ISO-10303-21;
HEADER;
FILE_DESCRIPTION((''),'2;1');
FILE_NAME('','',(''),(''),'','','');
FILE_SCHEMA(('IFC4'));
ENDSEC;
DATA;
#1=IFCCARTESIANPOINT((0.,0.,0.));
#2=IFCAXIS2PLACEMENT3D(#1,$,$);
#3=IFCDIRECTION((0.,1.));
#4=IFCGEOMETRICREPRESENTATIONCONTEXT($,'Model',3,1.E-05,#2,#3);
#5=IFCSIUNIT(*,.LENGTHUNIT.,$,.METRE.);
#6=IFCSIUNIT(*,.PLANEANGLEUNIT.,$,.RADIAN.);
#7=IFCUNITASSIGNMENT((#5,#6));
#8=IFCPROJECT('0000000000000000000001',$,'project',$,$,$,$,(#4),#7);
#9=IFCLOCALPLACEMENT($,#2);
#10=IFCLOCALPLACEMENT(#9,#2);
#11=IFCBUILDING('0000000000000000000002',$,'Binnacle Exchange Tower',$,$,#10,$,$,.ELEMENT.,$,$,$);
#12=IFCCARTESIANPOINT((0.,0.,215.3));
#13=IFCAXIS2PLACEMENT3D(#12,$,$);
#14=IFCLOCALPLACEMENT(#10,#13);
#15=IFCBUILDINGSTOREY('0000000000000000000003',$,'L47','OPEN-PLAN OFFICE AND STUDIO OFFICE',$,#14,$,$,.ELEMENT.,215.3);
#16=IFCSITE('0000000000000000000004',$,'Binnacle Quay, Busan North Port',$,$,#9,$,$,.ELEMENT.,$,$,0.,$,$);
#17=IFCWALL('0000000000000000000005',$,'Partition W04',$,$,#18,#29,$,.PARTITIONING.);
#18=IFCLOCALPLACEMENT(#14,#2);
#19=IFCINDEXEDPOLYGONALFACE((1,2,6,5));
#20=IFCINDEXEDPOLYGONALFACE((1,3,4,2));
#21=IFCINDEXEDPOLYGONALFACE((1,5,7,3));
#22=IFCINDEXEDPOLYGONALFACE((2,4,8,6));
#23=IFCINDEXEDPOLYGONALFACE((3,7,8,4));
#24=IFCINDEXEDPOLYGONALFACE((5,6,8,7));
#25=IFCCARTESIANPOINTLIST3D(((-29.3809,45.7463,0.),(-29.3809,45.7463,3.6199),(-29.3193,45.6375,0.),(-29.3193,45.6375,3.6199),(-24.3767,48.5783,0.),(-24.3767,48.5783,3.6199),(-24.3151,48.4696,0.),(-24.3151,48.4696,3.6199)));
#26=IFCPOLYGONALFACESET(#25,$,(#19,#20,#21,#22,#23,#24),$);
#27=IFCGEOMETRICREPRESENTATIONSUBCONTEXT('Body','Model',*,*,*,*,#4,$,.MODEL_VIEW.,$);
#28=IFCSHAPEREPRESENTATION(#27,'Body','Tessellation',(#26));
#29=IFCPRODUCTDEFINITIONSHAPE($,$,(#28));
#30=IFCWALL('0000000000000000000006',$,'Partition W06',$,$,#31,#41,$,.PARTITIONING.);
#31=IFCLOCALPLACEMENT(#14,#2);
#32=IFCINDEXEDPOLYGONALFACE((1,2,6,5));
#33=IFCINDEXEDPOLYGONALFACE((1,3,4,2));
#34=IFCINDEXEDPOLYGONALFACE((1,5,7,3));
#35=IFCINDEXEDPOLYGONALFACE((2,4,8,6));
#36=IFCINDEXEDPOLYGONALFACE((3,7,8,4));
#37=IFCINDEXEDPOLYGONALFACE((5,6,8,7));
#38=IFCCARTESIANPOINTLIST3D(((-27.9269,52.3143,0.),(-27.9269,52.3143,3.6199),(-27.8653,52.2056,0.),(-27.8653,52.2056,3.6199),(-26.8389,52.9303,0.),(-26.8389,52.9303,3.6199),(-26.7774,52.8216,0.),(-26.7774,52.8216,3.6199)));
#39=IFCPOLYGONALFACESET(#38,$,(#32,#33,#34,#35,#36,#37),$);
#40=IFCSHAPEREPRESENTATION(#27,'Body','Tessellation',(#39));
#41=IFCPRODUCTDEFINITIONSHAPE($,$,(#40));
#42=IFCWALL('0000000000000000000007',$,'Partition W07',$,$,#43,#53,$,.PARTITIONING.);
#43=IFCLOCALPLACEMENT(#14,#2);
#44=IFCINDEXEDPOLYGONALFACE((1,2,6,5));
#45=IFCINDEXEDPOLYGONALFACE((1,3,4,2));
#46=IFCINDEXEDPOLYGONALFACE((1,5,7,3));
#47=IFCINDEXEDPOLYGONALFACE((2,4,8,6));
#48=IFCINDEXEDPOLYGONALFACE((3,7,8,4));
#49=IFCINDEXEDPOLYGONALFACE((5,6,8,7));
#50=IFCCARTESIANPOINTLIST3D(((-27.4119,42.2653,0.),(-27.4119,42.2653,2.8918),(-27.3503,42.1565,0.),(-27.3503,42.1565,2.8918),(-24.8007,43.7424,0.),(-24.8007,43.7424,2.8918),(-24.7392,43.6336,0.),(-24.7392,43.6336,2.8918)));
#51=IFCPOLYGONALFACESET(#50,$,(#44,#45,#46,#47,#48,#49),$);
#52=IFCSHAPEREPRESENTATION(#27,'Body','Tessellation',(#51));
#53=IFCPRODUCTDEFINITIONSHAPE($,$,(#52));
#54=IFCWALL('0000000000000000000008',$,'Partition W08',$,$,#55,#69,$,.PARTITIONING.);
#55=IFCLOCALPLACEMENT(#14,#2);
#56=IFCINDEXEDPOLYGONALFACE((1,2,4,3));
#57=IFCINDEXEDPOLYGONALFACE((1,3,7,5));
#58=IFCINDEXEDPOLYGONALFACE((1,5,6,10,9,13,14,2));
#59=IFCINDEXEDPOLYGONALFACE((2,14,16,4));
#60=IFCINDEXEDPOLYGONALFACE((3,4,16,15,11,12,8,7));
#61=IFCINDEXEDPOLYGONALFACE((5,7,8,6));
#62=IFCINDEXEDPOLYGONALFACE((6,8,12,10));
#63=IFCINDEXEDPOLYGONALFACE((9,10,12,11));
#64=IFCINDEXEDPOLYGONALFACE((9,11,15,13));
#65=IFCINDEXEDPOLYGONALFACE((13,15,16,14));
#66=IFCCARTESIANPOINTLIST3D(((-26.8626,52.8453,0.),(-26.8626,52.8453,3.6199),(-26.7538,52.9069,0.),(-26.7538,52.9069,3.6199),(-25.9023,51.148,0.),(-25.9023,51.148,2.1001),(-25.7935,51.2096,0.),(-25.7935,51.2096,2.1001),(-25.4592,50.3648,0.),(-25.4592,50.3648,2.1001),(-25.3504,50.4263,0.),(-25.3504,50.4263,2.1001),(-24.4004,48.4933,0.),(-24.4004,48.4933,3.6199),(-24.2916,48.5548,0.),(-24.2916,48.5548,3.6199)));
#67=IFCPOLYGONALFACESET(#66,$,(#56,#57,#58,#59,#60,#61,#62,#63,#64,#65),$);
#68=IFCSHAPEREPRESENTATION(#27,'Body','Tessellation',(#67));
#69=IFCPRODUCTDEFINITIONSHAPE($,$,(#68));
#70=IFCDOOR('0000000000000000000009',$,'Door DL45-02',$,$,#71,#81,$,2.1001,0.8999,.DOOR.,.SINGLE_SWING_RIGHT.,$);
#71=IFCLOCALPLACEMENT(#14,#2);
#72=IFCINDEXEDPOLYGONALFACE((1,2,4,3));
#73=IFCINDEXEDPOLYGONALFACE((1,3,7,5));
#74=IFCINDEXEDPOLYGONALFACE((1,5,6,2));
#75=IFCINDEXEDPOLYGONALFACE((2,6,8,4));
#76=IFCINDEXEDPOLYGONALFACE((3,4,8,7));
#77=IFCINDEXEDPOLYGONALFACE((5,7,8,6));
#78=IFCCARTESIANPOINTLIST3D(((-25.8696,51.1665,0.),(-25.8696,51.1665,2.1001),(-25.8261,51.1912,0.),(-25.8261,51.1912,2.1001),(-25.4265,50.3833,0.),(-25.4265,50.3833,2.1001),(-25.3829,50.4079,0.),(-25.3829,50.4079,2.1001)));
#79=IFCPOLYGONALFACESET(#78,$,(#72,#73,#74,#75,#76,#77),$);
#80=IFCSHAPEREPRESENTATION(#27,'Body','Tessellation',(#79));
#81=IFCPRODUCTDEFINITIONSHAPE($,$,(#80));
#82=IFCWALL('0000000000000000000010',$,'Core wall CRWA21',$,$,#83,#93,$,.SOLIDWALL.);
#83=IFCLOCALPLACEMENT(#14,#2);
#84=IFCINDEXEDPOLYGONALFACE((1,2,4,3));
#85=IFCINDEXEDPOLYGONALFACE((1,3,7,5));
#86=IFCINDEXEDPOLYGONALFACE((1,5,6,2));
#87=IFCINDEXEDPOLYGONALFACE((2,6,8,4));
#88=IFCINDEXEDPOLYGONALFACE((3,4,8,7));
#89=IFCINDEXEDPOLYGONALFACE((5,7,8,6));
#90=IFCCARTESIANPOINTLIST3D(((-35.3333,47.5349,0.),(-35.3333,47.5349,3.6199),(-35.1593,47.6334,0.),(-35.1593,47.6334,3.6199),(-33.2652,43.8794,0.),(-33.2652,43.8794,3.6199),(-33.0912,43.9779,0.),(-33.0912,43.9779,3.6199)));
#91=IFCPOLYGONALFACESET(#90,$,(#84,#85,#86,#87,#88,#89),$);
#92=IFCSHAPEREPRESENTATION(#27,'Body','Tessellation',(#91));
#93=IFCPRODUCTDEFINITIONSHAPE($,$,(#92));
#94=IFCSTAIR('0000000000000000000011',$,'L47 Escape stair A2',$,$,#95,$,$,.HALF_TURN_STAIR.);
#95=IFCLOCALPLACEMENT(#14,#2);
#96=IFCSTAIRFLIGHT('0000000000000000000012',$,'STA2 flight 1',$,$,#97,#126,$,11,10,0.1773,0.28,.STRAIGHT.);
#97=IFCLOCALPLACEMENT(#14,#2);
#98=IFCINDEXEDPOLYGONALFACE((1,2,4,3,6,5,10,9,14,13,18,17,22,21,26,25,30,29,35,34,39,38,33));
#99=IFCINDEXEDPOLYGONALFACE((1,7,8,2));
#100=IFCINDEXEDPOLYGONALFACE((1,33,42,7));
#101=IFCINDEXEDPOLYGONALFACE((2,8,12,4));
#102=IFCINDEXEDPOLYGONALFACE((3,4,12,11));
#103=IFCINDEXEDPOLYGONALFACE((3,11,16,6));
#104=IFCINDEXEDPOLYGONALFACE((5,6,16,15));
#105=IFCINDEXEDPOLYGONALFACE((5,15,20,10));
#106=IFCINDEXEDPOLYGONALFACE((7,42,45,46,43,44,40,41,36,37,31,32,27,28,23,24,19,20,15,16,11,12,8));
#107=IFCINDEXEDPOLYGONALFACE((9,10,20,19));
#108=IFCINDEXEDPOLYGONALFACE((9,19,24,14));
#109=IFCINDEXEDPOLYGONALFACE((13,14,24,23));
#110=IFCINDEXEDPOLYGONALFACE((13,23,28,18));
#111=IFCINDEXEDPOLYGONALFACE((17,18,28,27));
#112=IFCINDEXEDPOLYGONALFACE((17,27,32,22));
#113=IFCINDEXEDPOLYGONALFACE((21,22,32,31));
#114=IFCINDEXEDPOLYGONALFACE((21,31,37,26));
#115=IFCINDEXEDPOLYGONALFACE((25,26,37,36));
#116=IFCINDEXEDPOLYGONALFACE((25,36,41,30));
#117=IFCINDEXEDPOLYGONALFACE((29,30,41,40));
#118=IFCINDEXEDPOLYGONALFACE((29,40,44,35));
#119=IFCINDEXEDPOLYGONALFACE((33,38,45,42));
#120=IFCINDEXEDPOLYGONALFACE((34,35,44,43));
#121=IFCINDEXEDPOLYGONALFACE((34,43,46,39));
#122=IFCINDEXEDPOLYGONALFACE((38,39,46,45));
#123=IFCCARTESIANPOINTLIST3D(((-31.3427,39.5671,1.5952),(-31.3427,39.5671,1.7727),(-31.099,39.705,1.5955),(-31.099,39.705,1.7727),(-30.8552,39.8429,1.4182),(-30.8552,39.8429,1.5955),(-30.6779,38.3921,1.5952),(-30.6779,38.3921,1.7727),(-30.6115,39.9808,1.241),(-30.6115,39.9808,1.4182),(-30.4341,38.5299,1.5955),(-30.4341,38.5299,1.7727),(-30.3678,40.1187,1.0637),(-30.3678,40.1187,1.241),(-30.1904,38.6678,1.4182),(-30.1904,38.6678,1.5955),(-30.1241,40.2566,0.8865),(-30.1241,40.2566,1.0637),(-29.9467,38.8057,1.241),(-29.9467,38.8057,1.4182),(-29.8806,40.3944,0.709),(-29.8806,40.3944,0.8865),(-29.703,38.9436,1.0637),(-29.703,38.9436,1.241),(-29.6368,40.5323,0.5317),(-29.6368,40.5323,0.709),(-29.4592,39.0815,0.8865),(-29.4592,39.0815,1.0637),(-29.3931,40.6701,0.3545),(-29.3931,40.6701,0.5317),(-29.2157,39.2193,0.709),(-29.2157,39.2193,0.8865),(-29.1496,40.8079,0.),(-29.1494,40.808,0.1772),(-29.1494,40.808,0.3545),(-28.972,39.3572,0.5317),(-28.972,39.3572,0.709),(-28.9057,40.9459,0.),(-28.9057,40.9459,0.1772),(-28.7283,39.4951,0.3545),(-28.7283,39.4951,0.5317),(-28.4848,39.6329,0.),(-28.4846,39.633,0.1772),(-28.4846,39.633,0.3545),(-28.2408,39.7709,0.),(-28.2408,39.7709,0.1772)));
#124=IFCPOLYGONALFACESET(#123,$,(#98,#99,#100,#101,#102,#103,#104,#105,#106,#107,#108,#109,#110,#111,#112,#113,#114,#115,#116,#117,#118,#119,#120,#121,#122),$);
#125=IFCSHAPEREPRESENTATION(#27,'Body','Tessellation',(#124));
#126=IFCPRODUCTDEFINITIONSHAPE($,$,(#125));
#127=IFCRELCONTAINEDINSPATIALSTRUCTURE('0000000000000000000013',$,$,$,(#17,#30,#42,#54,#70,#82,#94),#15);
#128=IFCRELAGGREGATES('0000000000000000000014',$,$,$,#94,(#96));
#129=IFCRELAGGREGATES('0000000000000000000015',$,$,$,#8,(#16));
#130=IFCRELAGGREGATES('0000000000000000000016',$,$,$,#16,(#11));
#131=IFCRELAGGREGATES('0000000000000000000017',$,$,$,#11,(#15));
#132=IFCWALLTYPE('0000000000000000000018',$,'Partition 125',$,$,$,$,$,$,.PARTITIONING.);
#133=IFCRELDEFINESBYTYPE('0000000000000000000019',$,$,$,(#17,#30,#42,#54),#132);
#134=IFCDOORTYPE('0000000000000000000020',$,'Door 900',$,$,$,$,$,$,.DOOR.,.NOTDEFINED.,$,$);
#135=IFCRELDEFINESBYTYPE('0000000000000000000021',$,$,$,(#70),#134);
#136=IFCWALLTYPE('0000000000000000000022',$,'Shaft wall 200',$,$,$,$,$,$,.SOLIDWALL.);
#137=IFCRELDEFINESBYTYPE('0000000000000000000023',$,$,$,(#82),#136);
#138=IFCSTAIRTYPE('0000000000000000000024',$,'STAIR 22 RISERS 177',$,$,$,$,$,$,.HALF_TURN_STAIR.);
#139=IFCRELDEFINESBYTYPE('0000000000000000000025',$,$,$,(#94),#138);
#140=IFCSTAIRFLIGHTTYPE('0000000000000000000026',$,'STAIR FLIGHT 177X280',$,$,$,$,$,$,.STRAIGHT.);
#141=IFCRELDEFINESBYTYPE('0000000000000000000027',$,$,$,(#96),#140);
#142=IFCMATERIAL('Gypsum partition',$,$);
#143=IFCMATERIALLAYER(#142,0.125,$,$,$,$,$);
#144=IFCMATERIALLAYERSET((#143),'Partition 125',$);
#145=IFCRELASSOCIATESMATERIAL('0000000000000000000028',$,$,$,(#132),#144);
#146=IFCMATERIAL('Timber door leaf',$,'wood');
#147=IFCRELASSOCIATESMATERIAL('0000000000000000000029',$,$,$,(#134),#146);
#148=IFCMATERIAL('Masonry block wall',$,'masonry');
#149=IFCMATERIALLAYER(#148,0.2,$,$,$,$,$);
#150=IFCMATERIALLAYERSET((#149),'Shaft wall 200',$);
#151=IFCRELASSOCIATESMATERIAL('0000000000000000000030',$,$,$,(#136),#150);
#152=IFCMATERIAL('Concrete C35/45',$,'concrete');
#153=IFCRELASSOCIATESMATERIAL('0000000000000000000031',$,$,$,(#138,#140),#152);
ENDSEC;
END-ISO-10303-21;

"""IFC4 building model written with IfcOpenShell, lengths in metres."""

from ifc_helpers import new_model, si_unit, direction, frame, frame_2d, origin, place, context, subcontext, project, spatial, polyline, rectangle, outline, extrude, material, layer, layer_set, type_object, element, fill, aggregate, save


model = new_model("IFC4")

# Units and contexts
model_context = context("Model", 3, precision=1e-05, world=origin(), true_north=direction((0.0, 1.0)))
body_context = subcontext(model_context, "Body", "Model", "MODEL_VIEW")
ifc_project = project(units=[si_unit("LENGTHUNIT", "METRE"), si_unit("PLANEANGLEUNIT", "RADIAN")], contexts=[model_context])

# Site, building, storey
site_placement = place(None, origin())
site = spatial("IfcSite", under=ifc_project, at=site_placement, Name="Binnacle Quay, Busan North Port", CompositionType="ELEMENT", RefElevation=0.0)
building_placement = place(site_placement, origin())
building = spatial("IfcBuilding", under=site, at=building_placement, Name="Binnacle Exchange Tower", CompositionType="ELEMENT")
storey_placement = place(building_placement, frame((0.0, 0.0, 215.3)))
storey = spatial("IfcBuildingStorey", under=building, at=storey_placement, Name="L47", Description="OPEN-PLAN OFFICE AND STUDIO OFFICE", CompositionType="ELEMENT", Elevation=215.3)

# Shared definitions
ifc_material_1 = material(Name="Masonry block wall", Category="masonry")

# Walls
ifc_material_2 = material(Name="Gypsum partition")
ifc_layer_1 = layer(ifc_material_2, 0.125)
ifc_layer_set_1 = layer_set([ifc_layer_1], Name="Partition 125")
wall_type_1 = type_object("IfcWallType", Name="Partition 125", PredefinedType="PARTITIONING", material=ifc_layer_set_1)
wall_1_placement = place(storey_placement, frame((-29.3501, 45.6919, 0.0), z_axis=(0.0, 0.0, 1.0), x_axis=(0.870295, 0.492531, 0.0)))
element("IfcWall", 1, at=wall_1_placement, inside=storey, type_object=wall_type_1, Name="Partition W04", PredefinedType="PARTITIONING", context=body_context, shape_type="SweptSolid", body=[
    extrude(rectangle(XDim=5.75, YDim=0.125, at=frame_2d((2.875, 0.0))), origin(), (0.0, 0.0, 1.0), 3.6199),
])
wall_2_placement = place(storey_placement, frame((-27.896, 52.26, 0.0), z_axis=(0.0, 0.0, 1.0), x_axis=(0.870195, 0.492707, 0.0)))
element("IfcWall", 2, at=wall_2_placement, inside=storey, type_object=wall_type_1, Name="Partition W06", PredefinedType="PARTITIONING", context=body_context, shape_type="SweptSolid", body=[
    extrude(rectangle(XDim=1.2502, YDim=0.125, at=frame_2d((0.625, 0.0))), origin(), (0.0, 0.0, 1.0), 3.6199),
])
wall_3_placement = place(storey_placement, frame((-27.3811, 42.2109, 0.0), z_axis=(0.0, 0.0, 1.0), x_axis=(0.870388, 0.492366, 0.0)))
element("IfcWall", 3, at=wall_3_placement, inside=storey, type_object=wall_type_1, Name="Partition W07", PredefinedType="PARTITIONING", context=body_context, shape_type="SweptSolid", body=[
    extrude(rectangle(XDim=3.0, YDim=0.125, at=frame_2d((1.5, 0.0))), origin(), (0.0, 0.0, 1.0), 2.8918),
])

# Wall, opening, door
wall_4_placement = place(storey_placement, frame((-26.8081, 52.876, 0.0), z_axis=(0.0, 0.0, 1.0), x_axis=(0.492406, -0.870365, 0.0)))
wall_4 = element("IfcWall", 4, at=wall_4_placement, inside=storey, type_object=wall_type_1, Name="Partition W08", PredefinedType="PARTITIONING", context=body_context, shape_type="SweptSolid", body=[
    extrude(rectangle(XDim=5.0002, YDim=0.125, at=frame_2d((2.5, 0.0))), origin(), (0.0, 0.0, 1.0), 3.6199),
])
opening_1_placement = place(wall_4_placement, frame((1.95, 0.0, 0.0)))
opening_1 = element("IfcOpeningElement", 5, at=opening_1_placement, cuts=wall_4, PredefinedType="OPENING", context=body_context, shape_type="SweptSolid", body=[
    extrude(rectangle(XDim=0.8999, YDim=2.1001, at=frame_2d((0.45, 1.05))), frame((0.0, 0.0725, 0.0), z_axis=(0.0, -1.0, 0.0), x_axis=(1.0, 0.0, 0.0)), (0.0, 0.0, 1.0), 0.145),
])
ifc_material_3 = material(Name="Timber door leaf", Category="wood")
door_type_1 = type_object("IfcDoorType", Name="Door 900", OperationType="NOTDEFINED", PredefinedType="DOOR", material=ifc_material_3)
door_1_placement = place(opening_1_placement, frame((0.8999, 0.0, 0.0), z_axis=(0.0, 0.0, 1.0), x_axis=(-1.0, 0.0, 0.0)))
door_1 = element("IfcDoor", 6, at=door_1_placement, inside=storey, type_object=door_type_1, Name="Door DL45-02", OperationType="SINGLE_SWING_RIGHT", OverallHeight=2.1001, OverallWidth=0.8999, PredefinedType="DOOR", context=body_context, shape_type="SweptSolid", body=[
    extrude(rectangle(XDim=0.8999, YDim=2.1001, at=frame_2d((0.45, 1.05))), frame((0.0, 0.0249, 0.0), z_axis=(0.0, -1.0, 0.0), x_axis=(1.0, 0.0, 0.0)), (0.0, 0.0, 1.0), 0.05),
])
fill(opening_1, door_1)

# Wall
ifc_layer_2 = layer(ifc_material_1, 0.2)
ifc_layer_set_2 = layer_set([ifc_layer_2], Name="Shaft wall 200")
wall_type_2 = type_object("IfcWallType", Name="Shaft wall 200", PredefinedType="SOLIDWALL", material=ifc_layer_set_2)
wall_5_placement = place(storey_placement, frame((-35.2463, 47.5842, 0.0), z_axis=(0.0, 0.0, 1.0), x_axis=(0.49241, -0.870364, 0.0)))
element("IfcWall", 7, at=wall_5_placement, inside=storey, type_object=wall_type_2, Name="Core wall CRWA21", PredefinedType="SOLIDWALL", context=body_context, shape_type="SweptSolid", body=[
    extrude(rectangle(XDim=4.2, YDim=0.2, at=frame_2d((2.1001, 0.0))), origin(), (0.0, 0.0, 1.0), 3.6199),
])

# Stair, stair flight
ifc_material_4 = material(Name="Concrete C35/45", Category="concrete")
stair_type = type_object("IfcStairType", Name="STAIR 22 RISERS 177", PredefinedType="HALF_TURN_STAIR", material=ifc_material_4)
stair_placement = place(storey_placement, origin())
stair = element("IfcStair", 8, at=stair_placement, inside=storey, type_object=stair_type, Name="L47 Escape stair A2", PredefinedType="HALF_TURN_STAIR")
stair_flight_type = type_object("IfcStairFlightType", Name="STAIR FLIGHT 177X280", PredefinedType="STRAIGHT", material=ifc_material_4)
stair_flight_placement = place(storey_placement, frame((-28.5732, 40.3584, 0.0), z_axis=(0.0, 0.0, 1.0), x_axis=(-0.870356, -0.492424, 0.0)))
stair_flight = element("IfcStairFlight", 9, at=stair_flight_placement, type_object=stair_flight_type, Name="STA2 flight 1", NumberOfRisers=11, NumberOfTreads=10, PredefinedType="STRAIGHT", RiserHeight=0.1773, TreadLength=0.28, context=body_context, shape_type="SweptSolid", body=[
    extrude(outline(polyline([(0.0, 0.0), (0.0, 0.1772), (0.28, 0.1772), (0.28, 0.3545), (0.5601, 0.3545), (0.5601, 0.5317), (0.8401, 0.5317), (0.8401, 0.709), (1.1201, 0.709), (1.1201, 0.8865), (1.3999, 0.8865), (1.3999, 1.0637), (1.6799, 1.0637), (1.6799, 1.241), (1.96, 1.241), (1.96, 1.4182), (2.24, 1.4182), (2.24, 1.5955), (2.52, 1.5955), (2.52, 1.7727), (2.8, 1.7727), (2.8, 1.95), (2.8, 1.5952), (0.2803, 0.0), (0.0, 0.0)])), frame((0.0, 0.675, 0.0), z_axis=(0.0, -1.0, 0.0), x_axis=(1.0, 0.0, 0.0)), (0.0, 0.0, 1.0), 1.3501),
])
aggregate(stair, [stair_flight])

save(model, "model.ifc")
